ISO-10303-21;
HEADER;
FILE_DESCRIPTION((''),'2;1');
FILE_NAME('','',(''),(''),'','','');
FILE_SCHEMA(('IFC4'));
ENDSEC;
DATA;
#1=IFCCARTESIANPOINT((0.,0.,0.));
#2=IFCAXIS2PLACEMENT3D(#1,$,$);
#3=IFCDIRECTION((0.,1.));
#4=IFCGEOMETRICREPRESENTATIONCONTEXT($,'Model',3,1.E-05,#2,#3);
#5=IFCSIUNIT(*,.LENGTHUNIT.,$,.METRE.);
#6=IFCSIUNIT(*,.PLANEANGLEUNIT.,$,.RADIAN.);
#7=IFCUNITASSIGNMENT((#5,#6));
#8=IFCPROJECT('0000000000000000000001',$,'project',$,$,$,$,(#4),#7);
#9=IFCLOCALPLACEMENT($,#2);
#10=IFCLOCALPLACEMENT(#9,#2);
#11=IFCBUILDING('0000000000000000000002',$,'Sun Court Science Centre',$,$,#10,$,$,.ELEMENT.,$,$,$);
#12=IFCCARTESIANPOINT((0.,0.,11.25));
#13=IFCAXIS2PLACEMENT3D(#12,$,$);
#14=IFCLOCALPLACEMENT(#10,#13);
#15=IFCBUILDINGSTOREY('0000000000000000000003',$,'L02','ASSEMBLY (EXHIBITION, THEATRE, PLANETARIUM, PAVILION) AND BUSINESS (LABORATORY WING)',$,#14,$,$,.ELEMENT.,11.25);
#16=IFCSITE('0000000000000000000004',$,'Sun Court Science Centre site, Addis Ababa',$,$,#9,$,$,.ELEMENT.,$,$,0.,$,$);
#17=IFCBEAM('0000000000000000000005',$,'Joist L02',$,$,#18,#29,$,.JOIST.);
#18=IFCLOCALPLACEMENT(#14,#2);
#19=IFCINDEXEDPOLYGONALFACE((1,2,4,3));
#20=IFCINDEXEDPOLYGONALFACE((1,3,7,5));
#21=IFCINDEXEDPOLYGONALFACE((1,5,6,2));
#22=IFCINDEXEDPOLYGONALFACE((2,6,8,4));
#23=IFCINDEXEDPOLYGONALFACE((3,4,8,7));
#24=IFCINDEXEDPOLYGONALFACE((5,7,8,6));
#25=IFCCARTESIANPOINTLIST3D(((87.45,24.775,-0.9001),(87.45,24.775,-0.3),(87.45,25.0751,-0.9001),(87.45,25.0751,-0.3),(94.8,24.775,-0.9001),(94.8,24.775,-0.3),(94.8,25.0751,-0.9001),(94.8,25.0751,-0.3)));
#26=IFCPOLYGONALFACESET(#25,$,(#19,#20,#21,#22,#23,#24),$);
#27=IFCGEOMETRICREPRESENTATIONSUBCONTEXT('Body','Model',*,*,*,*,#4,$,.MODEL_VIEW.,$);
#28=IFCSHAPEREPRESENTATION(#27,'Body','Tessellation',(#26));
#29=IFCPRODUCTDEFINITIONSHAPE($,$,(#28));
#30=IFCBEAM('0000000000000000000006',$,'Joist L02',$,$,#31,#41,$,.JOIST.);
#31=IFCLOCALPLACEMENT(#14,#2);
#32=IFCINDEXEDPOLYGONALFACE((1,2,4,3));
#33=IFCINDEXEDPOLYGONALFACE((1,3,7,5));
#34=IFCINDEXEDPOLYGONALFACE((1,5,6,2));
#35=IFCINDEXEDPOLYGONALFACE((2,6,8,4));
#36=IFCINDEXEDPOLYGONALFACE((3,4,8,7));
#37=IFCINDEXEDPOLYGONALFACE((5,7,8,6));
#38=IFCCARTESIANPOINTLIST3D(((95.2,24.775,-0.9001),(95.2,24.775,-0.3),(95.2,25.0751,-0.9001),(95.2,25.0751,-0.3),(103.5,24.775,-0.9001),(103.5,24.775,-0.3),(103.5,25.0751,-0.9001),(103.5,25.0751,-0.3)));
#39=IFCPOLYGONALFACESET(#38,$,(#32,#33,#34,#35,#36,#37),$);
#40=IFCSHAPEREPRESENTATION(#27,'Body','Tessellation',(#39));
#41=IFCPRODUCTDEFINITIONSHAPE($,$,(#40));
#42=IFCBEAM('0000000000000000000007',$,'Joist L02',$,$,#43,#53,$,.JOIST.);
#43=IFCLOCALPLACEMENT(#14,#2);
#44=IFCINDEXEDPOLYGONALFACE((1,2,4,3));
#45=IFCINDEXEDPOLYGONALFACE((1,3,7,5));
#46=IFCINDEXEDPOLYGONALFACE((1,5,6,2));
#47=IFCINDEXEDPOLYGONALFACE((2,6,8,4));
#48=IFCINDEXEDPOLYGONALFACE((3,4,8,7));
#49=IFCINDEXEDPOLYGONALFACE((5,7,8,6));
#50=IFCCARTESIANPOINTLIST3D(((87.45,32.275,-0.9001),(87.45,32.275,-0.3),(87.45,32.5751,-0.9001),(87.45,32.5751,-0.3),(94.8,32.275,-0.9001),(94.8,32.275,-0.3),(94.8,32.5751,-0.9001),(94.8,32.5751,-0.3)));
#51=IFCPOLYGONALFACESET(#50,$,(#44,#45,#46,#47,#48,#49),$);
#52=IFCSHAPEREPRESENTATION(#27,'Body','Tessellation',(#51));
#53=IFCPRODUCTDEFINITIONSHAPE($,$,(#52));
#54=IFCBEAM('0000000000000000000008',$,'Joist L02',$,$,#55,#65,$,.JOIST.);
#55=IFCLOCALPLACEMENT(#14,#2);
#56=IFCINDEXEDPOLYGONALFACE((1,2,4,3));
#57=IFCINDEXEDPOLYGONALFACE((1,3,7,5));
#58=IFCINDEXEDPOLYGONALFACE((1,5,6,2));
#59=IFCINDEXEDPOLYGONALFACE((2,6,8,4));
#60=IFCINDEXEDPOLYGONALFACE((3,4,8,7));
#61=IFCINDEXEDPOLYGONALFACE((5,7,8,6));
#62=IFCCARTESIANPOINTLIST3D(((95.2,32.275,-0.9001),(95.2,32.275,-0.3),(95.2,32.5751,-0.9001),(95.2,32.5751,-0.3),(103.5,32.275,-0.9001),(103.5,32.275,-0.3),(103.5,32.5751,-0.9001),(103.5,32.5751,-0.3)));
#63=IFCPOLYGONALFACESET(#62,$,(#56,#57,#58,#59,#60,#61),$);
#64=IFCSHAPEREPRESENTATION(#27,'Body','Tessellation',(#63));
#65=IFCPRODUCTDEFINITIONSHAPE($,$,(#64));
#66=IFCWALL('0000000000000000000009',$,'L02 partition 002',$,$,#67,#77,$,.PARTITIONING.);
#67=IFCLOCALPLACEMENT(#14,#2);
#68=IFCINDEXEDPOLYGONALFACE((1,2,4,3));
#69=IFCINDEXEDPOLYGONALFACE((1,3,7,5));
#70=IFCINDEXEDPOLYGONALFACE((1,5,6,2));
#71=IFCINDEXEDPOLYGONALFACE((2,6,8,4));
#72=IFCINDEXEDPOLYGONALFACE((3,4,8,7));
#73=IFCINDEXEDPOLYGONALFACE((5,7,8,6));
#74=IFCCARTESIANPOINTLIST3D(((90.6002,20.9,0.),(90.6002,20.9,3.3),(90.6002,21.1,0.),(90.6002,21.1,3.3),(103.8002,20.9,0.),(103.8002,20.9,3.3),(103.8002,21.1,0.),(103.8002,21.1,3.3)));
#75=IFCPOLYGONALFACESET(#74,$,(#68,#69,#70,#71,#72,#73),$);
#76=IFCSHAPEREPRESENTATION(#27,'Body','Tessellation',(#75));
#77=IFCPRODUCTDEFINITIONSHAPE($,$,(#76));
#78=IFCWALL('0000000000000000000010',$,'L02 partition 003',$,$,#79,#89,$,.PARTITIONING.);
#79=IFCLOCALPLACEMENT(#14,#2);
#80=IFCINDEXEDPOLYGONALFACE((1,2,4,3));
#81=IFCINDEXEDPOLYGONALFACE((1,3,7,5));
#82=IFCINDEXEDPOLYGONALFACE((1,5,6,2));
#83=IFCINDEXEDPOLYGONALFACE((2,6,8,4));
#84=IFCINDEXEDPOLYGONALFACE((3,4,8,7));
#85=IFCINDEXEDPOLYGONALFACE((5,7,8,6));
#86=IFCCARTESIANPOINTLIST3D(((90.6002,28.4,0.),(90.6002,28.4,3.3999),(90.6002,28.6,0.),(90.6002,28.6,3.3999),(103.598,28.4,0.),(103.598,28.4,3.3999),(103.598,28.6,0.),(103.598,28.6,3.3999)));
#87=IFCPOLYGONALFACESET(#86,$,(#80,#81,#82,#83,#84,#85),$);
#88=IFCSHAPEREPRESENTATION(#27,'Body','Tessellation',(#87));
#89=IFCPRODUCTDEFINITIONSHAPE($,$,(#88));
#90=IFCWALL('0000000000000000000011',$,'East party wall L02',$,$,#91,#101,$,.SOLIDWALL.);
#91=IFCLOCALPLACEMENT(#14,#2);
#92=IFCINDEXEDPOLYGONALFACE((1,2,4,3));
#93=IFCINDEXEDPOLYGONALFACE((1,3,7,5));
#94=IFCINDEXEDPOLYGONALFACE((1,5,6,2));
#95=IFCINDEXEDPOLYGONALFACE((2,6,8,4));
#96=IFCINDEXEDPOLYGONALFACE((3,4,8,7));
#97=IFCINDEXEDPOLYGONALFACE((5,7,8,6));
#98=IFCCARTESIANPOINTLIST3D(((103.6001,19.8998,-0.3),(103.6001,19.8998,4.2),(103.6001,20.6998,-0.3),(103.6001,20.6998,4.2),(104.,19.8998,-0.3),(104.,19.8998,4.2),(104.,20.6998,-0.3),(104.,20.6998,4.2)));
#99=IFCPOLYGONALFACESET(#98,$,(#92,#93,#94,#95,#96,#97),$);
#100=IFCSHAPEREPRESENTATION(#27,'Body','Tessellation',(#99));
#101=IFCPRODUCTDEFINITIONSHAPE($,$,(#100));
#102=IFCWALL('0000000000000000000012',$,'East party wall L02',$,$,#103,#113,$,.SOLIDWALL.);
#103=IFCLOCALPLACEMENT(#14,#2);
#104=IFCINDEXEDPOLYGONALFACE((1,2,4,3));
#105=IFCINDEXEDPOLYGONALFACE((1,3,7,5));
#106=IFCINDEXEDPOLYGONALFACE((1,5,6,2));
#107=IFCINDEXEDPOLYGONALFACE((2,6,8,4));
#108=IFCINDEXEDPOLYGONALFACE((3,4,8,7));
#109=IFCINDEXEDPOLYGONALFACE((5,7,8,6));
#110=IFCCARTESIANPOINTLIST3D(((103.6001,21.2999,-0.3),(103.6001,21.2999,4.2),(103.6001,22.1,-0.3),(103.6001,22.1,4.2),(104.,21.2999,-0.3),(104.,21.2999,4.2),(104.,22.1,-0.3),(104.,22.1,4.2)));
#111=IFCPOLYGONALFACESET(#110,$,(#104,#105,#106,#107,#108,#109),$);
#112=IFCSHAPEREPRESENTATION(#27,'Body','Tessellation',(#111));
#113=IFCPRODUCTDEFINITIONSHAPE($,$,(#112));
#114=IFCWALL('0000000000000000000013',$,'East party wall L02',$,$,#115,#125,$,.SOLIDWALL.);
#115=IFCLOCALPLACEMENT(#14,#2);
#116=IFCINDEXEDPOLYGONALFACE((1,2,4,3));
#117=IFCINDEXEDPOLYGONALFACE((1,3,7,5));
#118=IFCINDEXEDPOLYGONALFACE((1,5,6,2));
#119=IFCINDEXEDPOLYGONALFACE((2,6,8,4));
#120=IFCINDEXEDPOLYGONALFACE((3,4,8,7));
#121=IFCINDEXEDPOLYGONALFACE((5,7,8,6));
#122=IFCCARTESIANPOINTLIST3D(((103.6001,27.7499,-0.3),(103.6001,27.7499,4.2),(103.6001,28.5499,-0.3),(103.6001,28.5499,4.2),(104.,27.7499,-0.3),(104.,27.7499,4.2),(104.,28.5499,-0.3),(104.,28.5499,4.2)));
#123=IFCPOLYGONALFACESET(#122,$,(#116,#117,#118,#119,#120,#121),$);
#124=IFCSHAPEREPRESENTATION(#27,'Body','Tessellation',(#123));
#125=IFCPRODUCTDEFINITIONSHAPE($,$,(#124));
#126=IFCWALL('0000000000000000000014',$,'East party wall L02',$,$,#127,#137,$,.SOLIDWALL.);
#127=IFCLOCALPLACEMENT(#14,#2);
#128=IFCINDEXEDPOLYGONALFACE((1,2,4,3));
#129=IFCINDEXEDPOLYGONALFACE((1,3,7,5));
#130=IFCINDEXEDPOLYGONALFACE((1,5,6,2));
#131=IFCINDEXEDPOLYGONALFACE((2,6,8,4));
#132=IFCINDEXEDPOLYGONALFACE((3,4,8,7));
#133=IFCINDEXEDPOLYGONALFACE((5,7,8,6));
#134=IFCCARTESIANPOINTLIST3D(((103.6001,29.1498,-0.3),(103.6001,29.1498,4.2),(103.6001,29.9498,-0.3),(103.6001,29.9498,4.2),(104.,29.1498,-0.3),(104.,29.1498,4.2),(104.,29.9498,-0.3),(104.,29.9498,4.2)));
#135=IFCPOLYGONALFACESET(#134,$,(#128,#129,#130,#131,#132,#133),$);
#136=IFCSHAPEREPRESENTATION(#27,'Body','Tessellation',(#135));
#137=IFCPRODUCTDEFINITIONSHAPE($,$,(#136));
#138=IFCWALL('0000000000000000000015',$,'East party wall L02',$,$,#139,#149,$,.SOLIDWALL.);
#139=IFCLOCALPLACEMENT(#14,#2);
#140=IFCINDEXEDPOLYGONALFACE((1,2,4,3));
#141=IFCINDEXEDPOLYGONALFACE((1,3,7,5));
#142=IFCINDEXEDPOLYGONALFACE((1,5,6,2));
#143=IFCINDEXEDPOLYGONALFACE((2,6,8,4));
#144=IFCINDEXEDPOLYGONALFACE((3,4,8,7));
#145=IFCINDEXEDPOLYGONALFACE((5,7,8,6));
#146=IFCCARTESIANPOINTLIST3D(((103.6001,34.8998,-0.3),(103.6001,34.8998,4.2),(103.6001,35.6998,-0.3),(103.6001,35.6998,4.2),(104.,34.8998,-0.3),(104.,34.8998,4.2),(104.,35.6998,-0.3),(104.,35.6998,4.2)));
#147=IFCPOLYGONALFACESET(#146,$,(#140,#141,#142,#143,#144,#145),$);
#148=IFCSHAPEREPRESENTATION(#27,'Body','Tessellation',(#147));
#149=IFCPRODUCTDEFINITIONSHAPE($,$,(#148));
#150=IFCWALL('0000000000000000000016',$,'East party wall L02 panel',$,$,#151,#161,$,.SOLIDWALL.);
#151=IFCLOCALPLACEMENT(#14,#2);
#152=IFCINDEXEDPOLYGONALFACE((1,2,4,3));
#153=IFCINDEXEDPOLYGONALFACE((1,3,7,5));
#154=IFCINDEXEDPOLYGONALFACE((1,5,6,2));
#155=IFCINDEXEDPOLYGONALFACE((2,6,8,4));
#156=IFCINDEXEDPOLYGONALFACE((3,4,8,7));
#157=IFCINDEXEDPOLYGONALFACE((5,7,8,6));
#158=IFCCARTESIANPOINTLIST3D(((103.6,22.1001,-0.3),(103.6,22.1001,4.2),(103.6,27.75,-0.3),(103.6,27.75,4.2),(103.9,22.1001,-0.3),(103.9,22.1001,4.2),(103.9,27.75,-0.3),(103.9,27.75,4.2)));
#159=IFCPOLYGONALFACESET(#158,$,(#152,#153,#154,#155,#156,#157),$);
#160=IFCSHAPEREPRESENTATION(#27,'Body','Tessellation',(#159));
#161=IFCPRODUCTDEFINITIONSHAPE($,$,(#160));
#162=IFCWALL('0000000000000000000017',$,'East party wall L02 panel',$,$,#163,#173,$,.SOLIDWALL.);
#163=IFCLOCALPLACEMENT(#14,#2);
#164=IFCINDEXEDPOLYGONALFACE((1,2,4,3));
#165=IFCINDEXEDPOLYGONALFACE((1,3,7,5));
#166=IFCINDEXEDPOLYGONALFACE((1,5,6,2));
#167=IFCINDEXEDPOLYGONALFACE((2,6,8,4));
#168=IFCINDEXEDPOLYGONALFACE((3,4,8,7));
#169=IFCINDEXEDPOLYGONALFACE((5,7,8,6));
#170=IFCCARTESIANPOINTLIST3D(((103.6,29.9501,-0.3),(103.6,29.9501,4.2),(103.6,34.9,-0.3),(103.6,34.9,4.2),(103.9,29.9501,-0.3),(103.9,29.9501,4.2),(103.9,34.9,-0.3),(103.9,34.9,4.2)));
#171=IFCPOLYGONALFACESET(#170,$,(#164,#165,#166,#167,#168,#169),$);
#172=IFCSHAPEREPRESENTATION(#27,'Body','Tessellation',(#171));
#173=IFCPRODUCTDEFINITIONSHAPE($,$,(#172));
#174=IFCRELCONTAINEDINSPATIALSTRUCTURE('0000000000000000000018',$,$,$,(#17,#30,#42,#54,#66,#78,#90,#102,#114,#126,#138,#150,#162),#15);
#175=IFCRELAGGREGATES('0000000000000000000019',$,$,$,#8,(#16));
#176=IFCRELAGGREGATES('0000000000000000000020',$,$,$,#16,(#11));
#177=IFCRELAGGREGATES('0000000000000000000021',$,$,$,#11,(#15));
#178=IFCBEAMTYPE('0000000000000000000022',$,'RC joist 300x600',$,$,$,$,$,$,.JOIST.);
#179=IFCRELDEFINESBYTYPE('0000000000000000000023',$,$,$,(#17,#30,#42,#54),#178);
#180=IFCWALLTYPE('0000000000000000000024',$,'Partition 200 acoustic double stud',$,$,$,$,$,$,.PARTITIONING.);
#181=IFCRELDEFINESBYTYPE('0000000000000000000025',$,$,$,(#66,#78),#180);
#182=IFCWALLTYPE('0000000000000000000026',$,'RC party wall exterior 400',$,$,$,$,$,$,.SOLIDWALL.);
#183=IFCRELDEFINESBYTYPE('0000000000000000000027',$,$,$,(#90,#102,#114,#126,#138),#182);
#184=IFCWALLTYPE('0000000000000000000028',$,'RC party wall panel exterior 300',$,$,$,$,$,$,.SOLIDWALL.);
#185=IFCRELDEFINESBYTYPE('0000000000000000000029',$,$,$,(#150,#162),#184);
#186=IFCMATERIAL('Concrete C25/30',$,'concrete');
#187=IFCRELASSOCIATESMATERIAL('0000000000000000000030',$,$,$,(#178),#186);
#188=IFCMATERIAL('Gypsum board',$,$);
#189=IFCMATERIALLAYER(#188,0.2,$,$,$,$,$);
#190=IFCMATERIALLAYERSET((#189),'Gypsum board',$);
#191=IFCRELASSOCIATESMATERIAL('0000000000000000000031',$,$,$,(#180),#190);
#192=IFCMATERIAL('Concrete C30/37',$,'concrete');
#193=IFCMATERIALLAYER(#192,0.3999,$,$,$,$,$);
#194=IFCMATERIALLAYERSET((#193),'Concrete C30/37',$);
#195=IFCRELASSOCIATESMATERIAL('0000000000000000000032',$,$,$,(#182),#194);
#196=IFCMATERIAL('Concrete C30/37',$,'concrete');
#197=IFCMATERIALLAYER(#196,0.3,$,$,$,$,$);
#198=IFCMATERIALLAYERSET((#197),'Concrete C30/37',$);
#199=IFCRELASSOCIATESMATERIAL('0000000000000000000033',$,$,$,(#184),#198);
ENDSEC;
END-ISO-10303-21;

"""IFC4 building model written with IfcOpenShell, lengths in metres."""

from ifc_helpers import new_model, si_unit, direction, frame, frame_2d, origin, origin_2d, place, context, subcontext, project, spatial, rectangle, extrude, material, layer, layer_set, material_profile, profile_set, type_object, element, save


model = new_model("IFC4")

# Units and contexts
model_context = context("Model", 3, precision=1e-05, world=origin(), true_north=direction((0.0, 1.0)))
body_context = subcontext(model_context, "Body", "Model", "MODEL_VIEW")
ifc_project = project(units=[si_unit("LENGTHUNIT", "METRE"), si_unit("PLANEANGLEUNIT", "RADIAN")], contexts=[model_context])

# Site, building, storey
site_placement = place(None, origin())
site = spatial("IfcSite", under=ifc_project, at=site_placement, Name="Sun Court Science Centre site, Addis Ababa", CompositionType="ELEMENT", RefElevation=0.0)
building_placement = place(site_placement, origin())
building = spatial("IfcBuilding", under=site, at=building_placement, Name="Sun Court Science Centre", CompositionType="ELEMENT")
storey_placement = place(building_placement, frame((0.0, 0.0, 11.25)))
storey = spatial("IfcBuildingStorey", under=building, at=storey_placement, Name="L02", Description="ASSEMBLY (EXHIBITION, THEATRE, PLANETARIUM, PAVILION) AND BUSINESS (LABORATORY WING)", CompositionType="ELEMENT", Elevation=11.25)

# Beams
ifc_material_1 = material(Name="Concrete C25/30", Category="concrete")
ifc_material_profile_1 = material_profile(ifc_material_1, rectangle(XDim=0.3, YDim=0.6001, at=origin_2d()), Name="RC 300x600")
ifc_profile_set_1 = profile_set([ifc_material_profile_1], Name="Concrete C25/30")
beam_type_1 = type_object("IfcBeamType", Name="RC joist 300x600", PredefinedType="JOIST", material=ifc_profile_set_1)
beam_1_placement = place(storey_placement, frame((87.45, 24.925, -0.6001), z_axis=(1.0, 0.0, 0.0), x_axis=(0.0, 1.0, 0.0)))
element("IfcBeam", 1, at=beam_1_placement, inside=storey, type_object=beam_type_1, Name="Joist L02", PredefinedType="JOIST", context=body_context, shape_type="SweptSolid", body=[
    extrude(rectangle(XDim=0.3, YDim=0.6001, at=origin_2d()), origin(), (0.0, 0.0, 1.0), 7.3501),
])
beam_2_placement = place(storey_placement, frame((95.2, 24.925, -0.6001), z_axis=(1.0, 0.0, 0.0), x_axis=(0.0, 1.0, 0.0)))
element("IfcBeam", 2, at=beam_2_placement, inside=storey, type_object=beam_type_1, Name="Joist L02", PredefinedType="JOIST", context=body_context, shape_type="SweptSolid", body=[
    extrude(rectangle(XDim=0.3, YDim=0.6001, at=origin_2d()), origin(), (0.0, 0.0, 1.0), 8.3),
])
beam_3_placement = place(storey_placement, frame((87.45, 32.425, -0.6001), z_axis=(1.0, 0.0, 0.0), x_axis=(0.0, 1.0, 0.0)))
element("IfcBeam", 3, at=beam_3_placement, inside=storey, type_object=beam_type_1, Name="Joist L02", PredefinedType="JOIST", context=body_context, shape_type="SweptSolid", body=[
    extrude(rectangle(XDim=0.3, YDim=0.6001, at=origin_2d()), origin(), (0.0, 0.0, 1.0), 7.3501),
])
beam_4_placement = place(storey_placement, frame((95.2, 32.425, -0.6001), z_axis=(1.0, 0.0, 0.0), x_axis=(0.0, 1.0, 0.0)))
element("IfcBeam", 4, at=beam_4_placement, inside=storey, type_object=beam_type_1, Name="Joist L02", PredefinedType="JOIST", context=body_context, shape_type="SweptSolid", body=[
    extrude(rectangle(XDim=0.3, YDim=0.6001, at=origin_2d()), origin(), (0.0, 0.0, 1.0), 8.3),
])

# Walls
ifc_material_2 = material(Name="Gypsum board")
ifc_layer_1 = layer(ifc_material_2, 0.2)
ifc_layer_set_1 = layer_set([ifc_layer_1], Name="Gypsum board")
wall_type_1 = type_object("IfcWallType", Name="Partition 200 acoustic double stud", PredefinedType="PARTITIONING", material=ifc_layer_set_1)
wall_1_placement = place(storey_placement, frame((90.6001, 21.0, 0.0), z_axis=(0.0, 0.0, 1.0), x_axis=(1.0, 0.0, 0.0)))
element("IfcWall", 5, at=wall_1_placement, inside=storey, type_object=wall_type_1, Name="L02 partition 002", PredefinedType="PARTITIONING", context=body_context, shape_type="SweptSolid", body=[
    extrude(rectangle(XDim=13.2, YDim=0.2, at=frame_2d((6.6001, 0.0))), origin(), (0.0, 0.0, 1.0), 3.3),
])
wall_2_placement = place(storey_placement, frame((90.6001, 28.5, 0.0), z_axis=(0.0, 0.0, 1.0), x_axis=(1.0, 0.0, 0.0)))
element("IfcWall", 6, at=wall_2_placement, inside=storey, type_object=wall_type_1, Name="L02 partition 003", PredefinedType="PARTITIONING", context=body_context, shape_type="SweptSolid", body=[
    extrude(rectangle(XDim=12.9978, YDim=0.2, at=frame_2d((6.499, 0.0))), origin(), (0.0, 0.0, 1.0), 3.3999),
])
ifc_material_3 = material(Name="Concrete C30/37", Category="concrete")
ifc_layer_2 = layer(ifc_material_3, 0.3999)
ifc_layer_set_2 = layer_set([ifc_layer_2], Name="Concrete C30/37")
wall_type_2 = type_object("IfcWallType", Name="RC party wall exterior 400", PredefinedType="SOLIDWALL", material=ifc_layer_set_2)
for number, where, z_axis, x_axis, name in (
    (7, (103.8, 19.8999, -0.3), (0.0, 0.0, 1.0), (0.0, 1.0, 0.0), "East party wall L02"),
    (8, (103.8, 21.3, -0.3), (0.0, 0.0, 1.0), (0.0, 1.0, 0.0), "East party wall L02"),
    (9, (103.8, 27.75, -0.3), (0.0, 0.0, 1.0), (0.0, 1.0, 0.0), "East party wall L02"),
    (10, (103.8, 29.1499, -0.3), (0.0, 0.0, 1.0), (0.0, 1.0, 0.0), "East party wall L02"),
    (11, (103.8, 34.8999, -0.3), (0.0, 0.0, 1.0), (0.0, 1.0, 0.0), "East party wall L02"),
):
    element("IfcWall", number, at=place(storey_placement, frame(where, z_axis=z_axis, x_axis=x_axis)), inside=storey, type_object=wall_type_2, Name=name, PredefinedType="SOLIDWALL", context=body_context, shape_type="SweptSolid", body=[
        extrude(rectangle(XDim=0.8, YDim=0.3999, at=frame_2d((0.3999, 0.0))), origin(), (0.0, 0.0, 1.0), 4.5),
    ])
ifc_material_4 = material(Name="Concrete C30/37", Category="concrete")
ifc_layer_3 = layer(ifc_material_4, 0.3)
ifc_layer_set_3 = layer_set([ifc_layer_3], Name="Concrete C30/37")
wall_type_3 = type_object("IfcWallType", Name="RC party wall panel exterior 300", PredefinedType="SOLIDWALL", material=ifc_layer_set_3)
wall_3_placement = place(storey_placement, frame((103.75, 22.1001, -0.3), z_axis=(0.0, 0.0, 1.0), x_axis=(0.0, 1.0, 0.0)))
element("IfcWall", 12, at=wall_3_placement, inside=storey, type_object=wall_type_3, Name="East party wall L02 panel", PredefinedType="SOLIDWALL", context=body_context, shape_type="SweptSolid", body=[
    extrude(rectangle(XDim=5.6499, YDim=0.3, at=frame_2d((2.825, 0.0))), origin(), (0.0, 0.0, 1.0), 4.5),
])
wall_4_placement = place(storey_placement, frame((103.75, 29.95, -0.3), z_axis=(0.0, 0.0, 1.0), x_axis=(0.0, 1.0, 0.0)))
element("IfcWall", 13, at=wall_4_placement, inside=storey, type_object=wall_type_3, Name="East party wall L02 panel", PredefinedType="SOLIDWALL", context=body_context, shape_type="SweptSolid", body=[
    extrude(rectangle(XDim=4.95, YDim=0.3, at=frame_2d((2.4751, 0.0))), origin(), (0.0, 0.0, 1.0), 4.5),
])

save(model, "model.ifc")
